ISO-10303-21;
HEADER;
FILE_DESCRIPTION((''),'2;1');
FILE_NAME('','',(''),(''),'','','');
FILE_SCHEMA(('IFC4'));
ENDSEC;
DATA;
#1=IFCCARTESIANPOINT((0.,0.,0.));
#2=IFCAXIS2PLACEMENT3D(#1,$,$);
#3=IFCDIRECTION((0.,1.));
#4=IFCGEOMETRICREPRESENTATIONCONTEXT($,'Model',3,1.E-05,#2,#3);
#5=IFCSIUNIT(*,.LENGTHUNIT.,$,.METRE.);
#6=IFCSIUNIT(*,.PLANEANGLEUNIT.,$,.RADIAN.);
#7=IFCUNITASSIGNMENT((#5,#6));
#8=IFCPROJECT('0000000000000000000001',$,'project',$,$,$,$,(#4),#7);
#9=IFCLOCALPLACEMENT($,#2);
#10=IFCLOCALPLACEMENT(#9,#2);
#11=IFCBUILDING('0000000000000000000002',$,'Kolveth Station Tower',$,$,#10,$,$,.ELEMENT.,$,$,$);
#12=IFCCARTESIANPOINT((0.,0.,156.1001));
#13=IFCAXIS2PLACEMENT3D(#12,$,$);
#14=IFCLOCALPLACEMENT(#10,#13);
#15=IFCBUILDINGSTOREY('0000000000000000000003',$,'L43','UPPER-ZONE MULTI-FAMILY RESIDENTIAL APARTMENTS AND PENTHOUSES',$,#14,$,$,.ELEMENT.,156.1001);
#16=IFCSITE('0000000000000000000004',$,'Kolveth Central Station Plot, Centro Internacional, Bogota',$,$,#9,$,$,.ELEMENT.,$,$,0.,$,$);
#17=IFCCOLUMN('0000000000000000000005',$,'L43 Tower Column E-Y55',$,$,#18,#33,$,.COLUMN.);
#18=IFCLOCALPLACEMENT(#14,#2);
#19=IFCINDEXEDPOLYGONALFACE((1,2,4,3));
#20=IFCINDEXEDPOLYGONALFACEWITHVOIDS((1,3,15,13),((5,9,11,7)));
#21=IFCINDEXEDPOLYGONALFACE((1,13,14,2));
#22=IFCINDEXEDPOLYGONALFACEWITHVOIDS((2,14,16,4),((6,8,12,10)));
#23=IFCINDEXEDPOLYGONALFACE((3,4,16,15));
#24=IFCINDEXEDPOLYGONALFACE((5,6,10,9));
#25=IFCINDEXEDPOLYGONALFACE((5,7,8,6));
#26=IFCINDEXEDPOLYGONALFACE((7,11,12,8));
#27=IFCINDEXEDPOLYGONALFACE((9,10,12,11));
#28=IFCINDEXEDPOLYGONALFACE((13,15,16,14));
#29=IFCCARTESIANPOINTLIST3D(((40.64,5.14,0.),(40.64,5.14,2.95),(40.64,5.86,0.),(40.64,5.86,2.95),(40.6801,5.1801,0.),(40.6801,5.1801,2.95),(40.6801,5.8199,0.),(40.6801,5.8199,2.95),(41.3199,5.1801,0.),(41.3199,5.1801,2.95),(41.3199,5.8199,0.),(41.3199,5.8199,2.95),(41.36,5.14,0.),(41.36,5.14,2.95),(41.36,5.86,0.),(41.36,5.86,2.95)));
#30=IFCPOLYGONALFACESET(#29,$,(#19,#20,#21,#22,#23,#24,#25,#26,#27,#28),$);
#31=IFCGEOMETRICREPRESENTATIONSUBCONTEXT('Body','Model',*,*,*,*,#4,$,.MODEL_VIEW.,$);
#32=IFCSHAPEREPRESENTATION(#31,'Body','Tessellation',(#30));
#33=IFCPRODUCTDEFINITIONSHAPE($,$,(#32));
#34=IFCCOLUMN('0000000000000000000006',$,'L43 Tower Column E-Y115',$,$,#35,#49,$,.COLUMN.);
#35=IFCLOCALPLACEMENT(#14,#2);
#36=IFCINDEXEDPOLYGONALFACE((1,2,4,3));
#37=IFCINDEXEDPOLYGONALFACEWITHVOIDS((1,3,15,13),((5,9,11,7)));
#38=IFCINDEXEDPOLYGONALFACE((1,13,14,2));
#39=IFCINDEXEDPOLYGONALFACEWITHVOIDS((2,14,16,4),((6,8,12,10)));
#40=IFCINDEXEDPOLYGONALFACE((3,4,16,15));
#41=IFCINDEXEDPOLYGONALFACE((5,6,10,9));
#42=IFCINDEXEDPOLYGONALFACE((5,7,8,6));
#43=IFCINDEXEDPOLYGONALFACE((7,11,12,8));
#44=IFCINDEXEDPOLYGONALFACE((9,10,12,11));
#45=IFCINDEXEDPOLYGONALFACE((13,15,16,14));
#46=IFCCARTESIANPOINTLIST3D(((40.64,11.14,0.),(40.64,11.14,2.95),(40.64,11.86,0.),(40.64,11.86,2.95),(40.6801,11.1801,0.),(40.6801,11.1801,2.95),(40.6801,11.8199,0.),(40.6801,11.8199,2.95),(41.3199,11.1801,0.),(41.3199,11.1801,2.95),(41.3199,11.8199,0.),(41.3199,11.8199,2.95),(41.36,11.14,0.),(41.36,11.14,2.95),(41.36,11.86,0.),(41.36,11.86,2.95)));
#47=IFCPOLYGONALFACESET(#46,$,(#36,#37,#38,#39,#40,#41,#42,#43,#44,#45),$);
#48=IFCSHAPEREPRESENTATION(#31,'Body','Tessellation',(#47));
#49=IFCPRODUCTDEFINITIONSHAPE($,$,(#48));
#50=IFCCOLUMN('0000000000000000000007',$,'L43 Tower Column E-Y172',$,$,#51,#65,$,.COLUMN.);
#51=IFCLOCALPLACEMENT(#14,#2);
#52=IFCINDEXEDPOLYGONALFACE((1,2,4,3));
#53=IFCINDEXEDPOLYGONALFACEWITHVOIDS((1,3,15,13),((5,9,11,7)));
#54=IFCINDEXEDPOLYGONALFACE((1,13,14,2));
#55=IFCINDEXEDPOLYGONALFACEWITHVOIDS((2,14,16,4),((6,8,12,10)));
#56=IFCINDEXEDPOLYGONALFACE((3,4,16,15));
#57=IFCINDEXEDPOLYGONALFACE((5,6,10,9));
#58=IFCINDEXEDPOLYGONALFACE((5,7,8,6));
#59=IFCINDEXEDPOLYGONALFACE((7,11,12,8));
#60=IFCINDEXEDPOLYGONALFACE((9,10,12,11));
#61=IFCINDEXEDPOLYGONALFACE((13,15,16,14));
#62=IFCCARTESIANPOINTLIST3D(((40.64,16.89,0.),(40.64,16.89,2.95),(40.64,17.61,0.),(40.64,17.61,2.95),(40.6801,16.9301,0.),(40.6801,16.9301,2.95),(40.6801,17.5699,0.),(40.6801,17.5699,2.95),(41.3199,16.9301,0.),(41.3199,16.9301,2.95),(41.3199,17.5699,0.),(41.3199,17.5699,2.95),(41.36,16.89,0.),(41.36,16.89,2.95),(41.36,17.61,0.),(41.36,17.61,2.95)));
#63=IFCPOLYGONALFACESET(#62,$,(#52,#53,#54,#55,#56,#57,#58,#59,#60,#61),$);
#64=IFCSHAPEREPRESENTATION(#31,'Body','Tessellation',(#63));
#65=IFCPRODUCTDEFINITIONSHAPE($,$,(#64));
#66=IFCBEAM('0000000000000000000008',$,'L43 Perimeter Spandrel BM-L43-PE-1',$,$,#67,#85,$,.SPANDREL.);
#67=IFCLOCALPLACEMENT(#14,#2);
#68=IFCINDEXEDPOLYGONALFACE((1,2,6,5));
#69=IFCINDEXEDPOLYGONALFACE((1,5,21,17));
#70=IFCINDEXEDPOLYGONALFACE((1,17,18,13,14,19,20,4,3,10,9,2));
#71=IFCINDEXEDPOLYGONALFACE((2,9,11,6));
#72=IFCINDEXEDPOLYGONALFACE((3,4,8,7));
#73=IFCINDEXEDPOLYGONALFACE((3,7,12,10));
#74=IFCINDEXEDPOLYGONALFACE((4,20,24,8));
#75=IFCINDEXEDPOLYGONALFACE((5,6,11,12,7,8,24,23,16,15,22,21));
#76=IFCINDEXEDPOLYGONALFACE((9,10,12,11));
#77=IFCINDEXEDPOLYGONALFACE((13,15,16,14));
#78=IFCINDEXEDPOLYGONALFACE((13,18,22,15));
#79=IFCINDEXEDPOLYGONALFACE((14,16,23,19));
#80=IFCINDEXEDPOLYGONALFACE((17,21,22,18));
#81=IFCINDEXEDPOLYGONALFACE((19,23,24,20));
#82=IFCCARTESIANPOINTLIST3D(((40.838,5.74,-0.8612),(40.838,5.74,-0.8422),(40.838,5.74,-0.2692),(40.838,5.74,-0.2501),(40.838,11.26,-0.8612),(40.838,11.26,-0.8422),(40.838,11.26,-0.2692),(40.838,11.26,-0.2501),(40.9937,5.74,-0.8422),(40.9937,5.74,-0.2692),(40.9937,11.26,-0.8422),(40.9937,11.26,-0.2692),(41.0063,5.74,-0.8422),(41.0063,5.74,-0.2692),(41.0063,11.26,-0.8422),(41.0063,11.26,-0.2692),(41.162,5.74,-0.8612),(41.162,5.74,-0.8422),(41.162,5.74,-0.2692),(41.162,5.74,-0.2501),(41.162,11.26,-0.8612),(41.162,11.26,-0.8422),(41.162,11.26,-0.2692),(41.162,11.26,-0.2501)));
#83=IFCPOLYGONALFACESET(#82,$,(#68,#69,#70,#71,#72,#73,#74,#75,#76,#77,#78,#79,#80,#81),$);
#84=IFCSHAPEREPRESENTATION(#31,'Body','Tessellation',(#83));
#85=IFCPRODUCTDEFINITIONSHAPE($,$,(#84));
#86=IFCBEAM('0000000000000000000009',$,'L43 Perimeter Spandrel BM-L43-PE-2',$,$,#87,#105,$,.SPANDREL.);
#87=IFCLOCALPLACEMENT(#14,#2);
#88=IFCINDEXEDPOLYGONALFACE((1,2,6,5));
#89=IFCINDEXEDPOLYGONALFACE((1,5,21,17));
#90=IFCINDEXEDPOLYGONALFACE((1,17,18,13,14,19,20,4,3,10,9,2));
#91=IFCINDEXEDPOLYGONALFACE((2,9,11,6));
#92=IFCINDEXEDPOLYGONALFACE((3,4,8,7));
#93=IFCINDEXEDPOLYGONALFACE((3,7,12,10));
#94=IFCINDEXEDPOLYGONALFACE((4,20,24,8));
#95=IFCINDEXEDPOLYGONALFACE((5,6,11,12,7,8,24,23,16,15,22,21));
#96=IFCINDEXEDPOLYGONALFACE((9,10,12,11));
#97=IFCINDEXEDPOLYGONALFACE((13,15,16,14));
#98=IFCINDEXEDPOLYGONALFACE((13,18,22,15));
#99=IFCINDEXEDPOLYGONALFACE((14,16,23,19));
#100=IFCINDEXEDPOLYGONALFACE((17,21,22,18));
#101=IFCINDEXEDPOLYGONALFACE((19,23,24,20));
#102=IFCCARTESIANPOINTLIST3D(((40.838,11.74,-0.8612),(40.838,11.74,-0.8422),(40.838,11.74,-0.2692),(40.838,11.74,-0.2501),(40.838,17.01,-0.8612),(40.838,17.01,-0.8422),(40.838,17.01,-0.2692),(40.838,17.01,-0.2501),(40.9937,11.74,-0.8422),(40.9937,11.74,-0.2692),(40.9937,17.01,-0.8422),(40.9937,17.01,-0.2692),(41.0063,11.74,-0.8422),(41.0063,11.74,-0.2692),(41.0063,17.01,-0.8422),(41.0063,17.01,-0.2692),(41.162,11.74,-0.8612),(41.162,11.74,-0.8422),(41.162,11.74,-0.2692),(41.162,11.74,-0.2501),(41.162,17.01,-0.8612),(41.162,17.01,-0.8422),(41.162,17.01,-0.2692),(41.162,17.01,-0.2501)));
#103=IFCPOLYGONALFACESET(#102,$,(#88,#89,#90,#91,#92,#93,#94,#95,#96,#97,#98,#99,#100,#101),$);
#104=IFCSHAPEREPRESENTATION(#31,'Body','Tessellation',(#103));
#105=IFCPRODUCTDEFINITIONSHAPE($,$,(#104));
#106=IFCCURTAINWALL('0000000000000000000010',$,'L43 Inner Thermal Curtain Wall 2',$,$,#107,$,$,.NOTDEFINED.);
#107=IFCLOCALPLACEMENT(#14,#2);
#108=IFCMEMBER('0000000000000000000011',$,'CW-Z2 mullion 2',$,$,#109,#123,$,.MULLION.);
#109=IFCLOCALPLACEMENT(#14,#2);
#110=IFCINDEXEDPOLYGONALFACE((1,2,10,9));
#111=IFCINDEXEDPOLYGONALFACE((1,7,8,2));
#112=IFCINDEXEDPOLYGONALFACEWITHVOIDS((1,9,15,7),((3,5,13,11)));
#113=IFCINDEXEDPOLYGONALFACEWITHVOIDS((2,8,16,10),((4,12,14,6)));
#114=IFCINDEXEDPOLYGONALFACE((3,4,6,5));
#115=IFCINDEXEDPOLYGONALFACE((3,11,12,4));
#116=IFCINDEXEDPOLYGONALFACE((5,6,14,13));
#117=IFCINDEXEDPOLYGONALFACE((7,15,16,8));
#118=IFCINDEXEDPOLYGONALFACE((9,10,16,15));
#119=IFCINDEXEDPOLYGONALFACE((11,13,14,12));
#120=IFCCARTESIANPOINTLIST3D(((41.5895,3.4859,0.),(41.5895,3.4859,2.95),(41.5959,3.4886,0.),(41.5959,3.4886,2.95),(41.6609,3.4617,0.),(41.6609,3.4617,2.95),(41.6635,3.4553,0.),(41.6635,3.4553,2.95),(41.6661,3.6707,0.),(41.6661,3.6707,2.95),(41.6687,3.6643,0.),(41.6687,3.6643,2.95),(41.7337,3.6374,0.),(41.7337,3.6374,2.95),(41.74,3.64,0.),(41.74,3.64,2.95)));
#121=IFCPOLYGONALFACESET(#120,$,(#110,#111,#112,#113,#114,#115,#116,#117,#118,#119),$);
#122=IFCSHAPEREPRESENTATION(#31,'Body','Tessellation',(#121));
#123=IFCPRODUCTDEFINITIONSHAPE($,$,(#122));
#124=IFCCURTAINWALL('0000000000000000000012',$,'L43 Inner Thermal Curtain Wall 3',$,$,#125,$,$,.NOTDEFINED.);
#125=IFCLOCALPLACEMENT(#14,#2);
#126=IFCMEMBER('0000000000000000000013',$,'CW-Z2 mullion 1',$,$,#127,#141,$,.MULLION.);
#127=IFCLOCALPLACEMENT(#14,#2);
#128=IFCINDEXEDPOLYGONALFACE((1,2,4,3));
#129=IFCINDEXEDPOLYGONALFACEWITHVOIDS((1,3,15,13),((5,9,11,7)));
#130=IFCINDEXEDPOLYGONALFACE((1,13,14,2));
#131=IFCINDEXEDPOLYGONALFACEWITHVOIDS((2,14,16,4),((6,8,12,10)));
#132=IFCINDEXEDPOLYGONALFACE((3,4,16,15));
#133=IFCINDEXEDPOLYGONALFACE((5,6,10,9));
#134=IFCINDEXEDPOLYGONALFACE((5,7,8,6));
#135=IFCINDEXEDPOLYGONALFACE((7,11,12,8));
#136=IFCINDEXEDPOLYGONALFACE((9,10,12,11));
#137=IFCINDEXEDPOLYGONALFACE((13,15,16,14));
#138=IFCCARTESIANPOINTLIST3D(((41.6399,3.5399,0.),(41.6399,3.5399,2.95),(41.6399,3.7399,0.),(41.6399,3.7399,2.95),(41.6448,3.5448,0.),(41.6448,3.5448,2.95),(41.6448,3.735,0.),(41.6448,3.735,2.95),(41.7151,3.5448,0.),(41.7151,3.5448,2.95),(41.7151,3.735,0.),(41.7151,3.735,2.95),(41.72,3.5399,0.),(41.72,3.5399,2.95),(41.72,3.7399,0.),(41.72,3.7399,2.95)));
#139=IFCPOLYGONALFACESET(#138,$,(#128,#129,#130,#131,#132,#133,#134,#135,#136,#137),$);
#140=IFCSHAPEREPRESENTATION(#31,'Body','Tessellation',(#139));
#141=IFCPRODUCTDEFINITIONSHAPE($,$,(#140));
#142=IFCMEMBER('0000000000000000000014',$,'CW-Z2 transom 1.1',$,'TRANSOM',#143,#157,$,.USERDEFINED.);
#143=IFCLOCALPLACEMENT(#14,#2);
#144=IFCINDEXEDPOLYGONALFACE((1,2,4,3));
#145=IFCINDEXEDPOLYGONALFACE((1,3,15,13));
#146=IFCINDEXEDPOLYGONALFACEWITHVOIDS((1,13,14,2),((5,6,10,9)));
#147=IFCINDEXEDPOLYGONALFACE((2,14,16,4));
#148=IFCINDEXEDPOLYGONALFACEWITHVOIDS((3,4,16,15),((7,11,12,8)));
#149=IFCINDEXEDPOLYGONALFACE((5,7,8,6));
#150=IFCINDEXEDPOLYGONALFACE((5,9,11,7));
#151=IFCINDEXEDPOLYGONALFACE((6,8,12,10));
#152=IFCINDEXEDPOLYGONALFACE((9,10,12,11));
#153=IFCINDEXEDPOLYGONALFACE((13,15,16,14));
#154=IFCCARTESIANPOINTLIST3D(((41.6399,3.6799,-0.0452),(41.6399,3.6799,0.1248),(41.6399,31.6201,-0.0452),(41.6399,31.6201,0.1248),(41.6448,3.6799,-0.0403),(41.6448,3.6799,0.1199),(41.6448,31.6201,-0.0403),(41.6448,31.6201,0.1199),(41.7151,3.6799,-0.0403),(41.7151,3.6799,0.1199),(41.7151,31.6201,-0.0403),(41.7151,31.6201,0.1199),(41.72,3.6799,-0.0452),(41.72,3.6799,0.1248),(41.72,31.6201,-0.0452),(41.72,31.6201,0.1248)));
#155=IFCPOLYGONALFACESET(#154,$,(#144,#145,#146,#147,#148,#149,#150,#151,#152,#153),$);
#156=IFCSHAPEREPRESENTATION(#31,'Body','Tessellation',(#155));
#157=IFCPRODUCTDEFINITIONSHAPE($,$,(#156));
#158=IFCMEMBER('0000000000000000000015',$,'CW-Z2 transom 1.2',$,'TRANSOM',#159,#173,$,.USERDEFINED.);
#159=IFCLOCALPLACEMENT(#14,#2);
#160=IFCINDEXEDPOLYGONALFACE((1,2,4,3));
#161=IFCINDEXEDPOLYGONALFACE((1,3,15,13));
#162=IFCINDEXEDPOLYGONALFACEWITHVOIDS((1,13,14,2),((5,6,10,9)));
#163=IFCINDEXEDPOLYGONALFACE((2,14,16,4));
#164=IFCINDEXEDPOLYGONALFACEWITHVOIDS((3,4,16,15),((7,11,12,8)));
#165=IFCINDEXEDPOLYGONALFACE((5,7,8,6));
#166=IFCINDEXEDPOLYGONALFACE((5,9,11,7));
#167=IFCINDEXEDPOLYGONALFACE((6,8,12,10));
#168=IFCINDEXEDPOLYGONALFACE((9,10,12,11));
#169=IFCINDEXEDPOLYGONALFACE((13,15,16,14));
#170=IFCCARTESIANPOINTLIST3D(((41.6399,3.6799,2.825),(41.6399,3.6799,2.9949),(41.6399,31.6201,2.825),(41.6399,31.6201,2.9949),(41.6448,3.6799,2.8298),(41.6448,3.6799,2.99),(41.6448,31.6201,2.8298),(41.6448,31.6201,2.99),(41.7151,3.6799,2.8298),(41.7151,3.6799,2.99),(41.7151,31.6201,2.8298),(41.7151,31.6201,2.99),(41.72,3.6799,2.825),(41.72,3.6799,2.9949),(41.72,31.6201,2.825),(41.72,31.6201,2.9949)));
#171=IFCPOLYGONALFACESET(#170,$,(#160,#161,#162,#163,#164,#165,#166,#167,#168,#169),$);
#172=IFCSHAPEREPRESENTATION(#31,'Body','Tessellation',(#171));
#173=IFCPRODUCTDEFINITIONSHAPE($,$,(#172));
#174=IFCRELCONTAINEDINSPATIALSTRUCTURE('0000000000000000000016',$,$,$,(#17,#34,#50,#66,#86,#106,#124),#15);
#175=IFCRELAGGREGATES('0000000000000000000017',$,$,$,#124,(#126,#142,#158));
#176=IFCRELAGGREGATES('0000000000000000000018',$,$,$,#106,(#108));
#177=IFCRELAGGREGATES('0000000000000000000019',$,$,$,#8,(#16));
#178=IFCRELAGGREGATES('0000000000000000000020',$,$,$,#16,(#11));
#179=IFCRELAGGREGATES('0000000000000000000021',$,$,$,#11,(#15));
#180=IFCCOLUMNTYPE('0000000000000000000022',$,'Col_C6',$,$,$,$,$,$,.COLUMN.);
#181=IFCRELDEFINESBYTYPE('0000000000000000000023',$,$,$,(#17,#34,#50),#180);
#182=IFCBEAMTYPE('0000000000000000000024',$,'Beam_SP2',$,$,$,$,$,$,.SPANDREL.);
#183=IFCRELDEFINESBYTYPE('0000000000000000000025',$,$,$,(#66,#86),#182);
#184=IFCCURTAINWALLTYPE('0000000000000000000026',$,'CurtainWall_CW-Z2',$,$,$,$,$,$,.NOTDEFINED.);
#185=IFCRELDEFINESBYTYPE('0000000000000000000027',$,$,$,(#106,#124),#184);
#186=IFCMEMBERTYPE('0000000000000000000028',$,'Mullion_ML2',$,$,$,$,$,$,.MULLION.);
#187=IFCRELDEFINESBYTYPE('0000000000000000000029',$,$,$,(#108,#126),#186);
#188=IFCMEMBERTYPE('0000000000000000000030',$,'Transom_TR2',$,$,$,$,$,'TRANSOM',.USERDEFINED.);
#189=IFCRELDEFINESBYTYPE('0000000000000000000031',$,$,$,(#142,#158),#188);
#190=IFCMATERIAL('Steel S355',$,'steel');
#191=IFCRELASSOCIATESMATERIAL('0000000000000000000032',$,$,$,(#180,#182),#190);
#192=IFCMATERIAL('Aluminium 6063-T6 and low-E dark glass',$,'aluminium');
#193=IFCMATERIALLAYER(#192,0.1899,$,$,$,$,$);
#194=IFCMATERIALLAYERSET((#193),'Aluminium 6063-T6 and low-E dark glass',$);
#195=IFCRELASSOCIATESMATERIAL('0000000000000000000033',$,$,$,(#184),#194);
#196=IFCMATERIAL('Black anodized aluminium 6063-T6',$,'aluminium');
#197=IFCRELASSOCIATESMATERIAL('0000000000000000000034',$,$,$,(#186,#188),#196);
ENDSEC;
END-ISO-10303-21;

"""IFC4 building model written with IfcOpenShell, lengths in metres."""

from ifc_helpers import new_model, si_unit, direction, frame, origin, origin_2d, place, context, subcontext, project, spatial, hollow_rectangle, i_section, extrude, source, transform, mapped, material, layer, layer_set, material_profile, profile_set, type_object, element, aggregate, save


model = new_model("IFC4")

# Units and contexts
model_context = context("Model", 3, precision=1e-05, world=origin(), true_north=direction((0.0, 1.0)))
body_context = subcontext(model_context, "Body", "Model", "MODEL_VIEW")
ifc_project = project(units=[si_unit("LENGTHUNIT", "METRE"), si_unit("PLANEANGLEUNIT", "RADIAN")], contexts=[model_context])

# Site, building, storey
site_placement = place(None, origin())
site = spatial("IfcSite", under=ifc_project, at=site_placement, Name="Kolveth Central Station Plot, Centro Internacional, Bogota", CompositionType="ELEMENT", RefElevation=0.0)
building_placement = place(site_placement, origin())
building = spatial("IfcBuilding", under=site, at=building_placement, Name="Kolveth Station Tower", CompositionType="ELEMENT")
storey_placement = place(building_placement, frame((0.0, 0.0, 156.1001)))
storey = spatial("IfcBuildingStorey", under=building, at=storey_placement, Name="L43", Description="UPPER-ZONE MULTI-FAMILY RESIDENTIAL APARTMENTS AND PENTHOUSES", CompositionType="ELEMENT", Elevation=156.1001)

# Columns
ifc_material_1 = material(Name="Steel S355", Category="steel")
ifc_material_profile_1 = material_profile(ifc_material_1, hollow_rectangle(XDim=0.72, YDim=0.72, WallThickness=0.04, at=origin_2d()), Name="BOX720x720x40")
ifc_profile_set_1 = profile_set([ifc_material_profile_1], Name="Steel S355")
column_type = type_object("IfcColumnType", Name="Col_C6", PredefinedType="COLUMN", material=ifc_profile_set_1)
shared_shape_1 = source(origin(), body_context, "Body", "SweptSolid", [
    extrude(hollow_rectangle(XDim=0.72, YDim=0.72, WallThickness=0.04, at=origin_2d()), origin(), (0.0, 0.0, 1.0), 2.95),
])
for number, where, z_axis, x_axis, name in (
    (1, (41.0, 5.5, 0.0), (0.0, 0.0, 1.0), (1.0, 0.0, 0.0), "L43 Tower Column E-Y55"),
    (2, (41.0, 11.5, 0.0), (0.0, 0.0, 1.0), (1.0, 0.0, 0.0), "L43 Tower Column E-Y115"),
    (3, (41.0, 17.25, 0.0), (0.0, 0.0, 1.0), (1.0, 0.0, 0.0), "L43 Tower Column E-Y172"),
):
    element("IfcColumn", number, at=place(storey_placement, frame(where, z_axis=z_axis, x_axis=x_axis)), inside=storey, type_object=column_type, Name=name, PredefinedType="COLUMN", context=body_context, shape_type="MappedRepresentation", body=[
        mapped(shared_shape_1, transform((0.0, 0.0, 0.0), x_axis=(1.0, 0.0, 0.0), y_axis=(0.0, 1.0, 0.0), z_axis=(0.0, 0.0, 1.0), scale=1.0)),
    ])

# Beams
ifc_material_profile_2 = material_profile(ifc_material_1, i_section(OverallWidth=0.324, OverallDepth=0.6111, WebThickness=0.0127, FlangeThickness=0.019, at=origin_2d()), Name="W610x155")
ifc_profile_set_2 = profile_set([ifc_material_profile_2], Name="Steel S355")
beam_type = type_object("IfcBeamType", Name="Beam_SP2", PredefinedType="SPANDREL", material=ifc_profile_set_2)
shared_shape_2 = source(origin(), body_context, "Body", "SweptSolid", [
    extrude(i_section(OverallWidth=0.324, OverallDepth=0.6111, WebThickness=0.0127, FlangeThickness=0.019, at=origin_2d()), origin(), (0.0, 0.0, 1.0), 5.52),
])
beam_1_placement = place(storey_placement, frame((41.0, 5.74, -0.5557), z_axis=(0.0, 1.0, 0.0), x_axis=(-1.0, 0.0, 0.0)))
element("IfcBeam", 4, at=beam_1_placement, inside=storey, type_object=beam_type, Name="L43 Perimeter Spandrel BM-L43-PE-1", PredefinedType="SPANDREL", context=body_context, shape_type="MappedRepresentation", body=[
    mapped(shared_shape_2, transform((0.0, 0.0, 0.0), x_axis=(1.0, 0.0, 0.0), y_axis=(0.0, 1.0, 0.0), z_axis=(0.0, 0.0, 1.0), scale=1.0)),
])
shared_shape_3 = source(origin(), body_context, "Body", "SweptSolid", [
    extrude(i_section(OverallWidth=0.324, OverallDepth=0.6111, WebThickness=0.0127, FlangeThickness=0.019, at=origin_2d()), origin(), (0.0, 0.0, 1.0), 5.27),
])
beam_2_placement = place(storey_placement, frame((41.0, 11.74, -0.5557), z_axis=(0.0, 1.0, 0.0), x_axis=(-1.0, 0.0, 0.0)))
element("IfcBeam", 5, at=beam_2_placement, inside=storey, type_object=beam_type, Name="L43 Perimeter Spandrel BM-L43-PE-2", PredefinedType="SPANDREL", context=body_context, shape_type="MappedRepresentation", body=[
    mapped(shared_shape_3, transform((0.0, 0.0, 0.0), x_axis=(1.0, 0.0, 0.0), y_axis=(0.0, 1.0, 0.0), z_axis=(0.0, 0.0, 1.0), scale=1.0)),
])

# Curtain wall, member
ifc_material_2 = material(Name="Aluminium 6063-T6 and low-E dark glass", Category="aluminium")
ifc_layer_1 = layer(ifc_material_2, 0.1899)
ifc_layer_set_1 = layer_set([ifc_layer_1], Name="Aluminium 6063-T6 and low-E dark glass")
curtain_wall_type_1 = type_object("IfcCurtainWallType", Name="CurtainWall_CW-Z2", PredefinedType="NOTDEFINED", material=ifc_layer_set_1)
curtain_wall_1_placement = place(storey_placement, origin())
curtain_wall_1 = element("IfcCurtainWall", 6, at=curtain_wall_1_placement, inside=storey, type_object=curtain_wall_type_1, Name="L43 Inner Thermal Curtain Wall 2", PredefinedType="NOTDEFINED")
ifc_material_3 = material(Name="Black anodized aluminium 6063-T6", Category="aluminium")
ifc_material_profile_3 = material_profile(ifc_material_3, hollow_rectangle(XDim=0.0801, YDim=0.2, WallThickness=0.0049, at=origin_2d()), Name="ALU-80x200x5")
ifc_profile_set_3 = profile_set([ifc_material_profile_3], Name="Black anodized aluminium 6063-T6")
member_type_1 = type_object("IfcMemberType", Name="Mullion_ML2", PredefinedType="MULLION", material=ifc_profile_set_3)
shared_shape_4 = source(origin(), body_context, "Body", "SweptSolid", [
    extrude(hollow_rectangle(XDim=0.0801, YDim=0.2, WallThickness=0.0049, at=origin_2d()), origin(), (0.0, 0.0, 1.0), 2.95),
])
member_1_placement = place(storey_placement, frame((41.6648, 3.563, 0.0), z_axis=(0.0, 0.0, 1.0), x_axis=(-0.923874, 0.382698, 0.0)))
member_1 = element("IfcMember", 7, at=member_1_placement, type_object=member_type_1, Name="CW-Z2 mullion 2", PredefinedType="MULLION", context=body_context, shape_type="MappedRepresentation", body=[
    mapped(shared_shape_4, transform((0.0, 0.0, 0.0), x_axis=(1.0, 0.0, 0.0), y_axis=(0.0, 1.0, 0.0), z_axis=(0.0, 0.0, 1.0), scale=1.0)),
])

# Curtain wall, members
curtain_wall_2_placement = place(storey_placement, origin())
curtain_wall_2 = element("IfcCurtainWall", 8, at=curtain_wall_2_placement, inside=storey, type_object=curtain_wall_type_1, Name="L43 Inner Thermal Curtain Wall 3", PredefinedType="NOTDEFINED")
member_2_placement = place(storey_placement, frame((41.6799, 3.6399, 0.0), z_axis=(0.0, 0.0, 1.0), x_axis=(-1.0, 0.0, 0.0)))
member_2 = element("IfcMember", 9, at=member_2_placement, type_object=member_type_1, Name="CW-Z2 mullion 1", PredefinedType="MULLION", context=body_context, shape_type="MappedRepresentation", body=[
    mapped(shared_shape_4, transform((0.0, 0.0, 0.0), x_axis=(1.0, 0.0, 0.0), y_axis=(0.0, 1.0, 0.0), z_axis=(0.0, 0.0, 1.0), scale=1.0)),
])
ifc_material_profile_4 = material_profile(ifc_material_3, hollow_rectangle(XDim=0.0801, YDim=0.1699, WallThickness=0.0049, at=origin_2d()), Name="ALU-80x170x5")
ifc_profile_set_4 = profile_set([ifc_material_profile_4], Name="Black anodized aluminium 6063-T6")
member_type_2 = type_object("IfcMemberType", Name="Transom_TR2", ElementType="TRANSOM", PredefinedType="USERDEFINED", material=ifc_profile_set_4)
shared_shape_5 = source(origin(), body_context, "Body", "SweptSolid", [
    extrude(hollow_rectangle(XDim=0.0801, YDim=0.1699, WallThickness=0.0049, at=origin_2d()), origin(), (0.0, 0.0, 1.0), 27.9402),
])
member_3_placement = place(storey_placement, frame((41.6799, 3.6799, 0.0398), z_axis=(0.0, 1.0, 0.0), x_axis=(-1.0, 0.0, 0.0)))
member_3 = element("IfcMember", 10, at=member_3_placement, type_object=member_type_2, Name="CW-Z2 transom 1.1", ObjectType="TRANSOM", PredefinedType="USERDEFINED", context=body_context, shape_type="MappedRepresentation", body=[
    mapped(shared_shape_5, transform((0.0, 0.0, 0.0), x_axis=(1.0, 0.0, 0.0), y_axis=(0.0, 1.0, 0.0), z_axis=(0.0, 0.0, 1.0), scale=1.0)),
])
member_4_placement = place(storey_placement, frame((41.6799, 3.6799, 2.9099), z_axis=(0.0, 1.0, 0.0), x_axis=(-1.0, 0.0, 0.0)))
member_4 = element("IfcMember", 11, at=member_4_placement, type_object=member_type_2, Name="CW-Z2 transom 1.2", ObjectType="TRANSOM", PredefinedType="USERDEFINED", context=body_context, shape_type="MappedRepresentation", body=[
    mapped(shared_shape_5, transform((0.0, 0.0, 0.0), x_axis=(1.0, 0.0, 0.0), y_axis=(0.0, 1.0, 0.0), z_axis=(0.0, 0.0, 1.0), scale=1.0)),
])
aggregate(curtain_wall_2, [member_2, member_3, member_4])

aggregate(curtain_wall_1, [member_1])

save(model, "model.ifc")
